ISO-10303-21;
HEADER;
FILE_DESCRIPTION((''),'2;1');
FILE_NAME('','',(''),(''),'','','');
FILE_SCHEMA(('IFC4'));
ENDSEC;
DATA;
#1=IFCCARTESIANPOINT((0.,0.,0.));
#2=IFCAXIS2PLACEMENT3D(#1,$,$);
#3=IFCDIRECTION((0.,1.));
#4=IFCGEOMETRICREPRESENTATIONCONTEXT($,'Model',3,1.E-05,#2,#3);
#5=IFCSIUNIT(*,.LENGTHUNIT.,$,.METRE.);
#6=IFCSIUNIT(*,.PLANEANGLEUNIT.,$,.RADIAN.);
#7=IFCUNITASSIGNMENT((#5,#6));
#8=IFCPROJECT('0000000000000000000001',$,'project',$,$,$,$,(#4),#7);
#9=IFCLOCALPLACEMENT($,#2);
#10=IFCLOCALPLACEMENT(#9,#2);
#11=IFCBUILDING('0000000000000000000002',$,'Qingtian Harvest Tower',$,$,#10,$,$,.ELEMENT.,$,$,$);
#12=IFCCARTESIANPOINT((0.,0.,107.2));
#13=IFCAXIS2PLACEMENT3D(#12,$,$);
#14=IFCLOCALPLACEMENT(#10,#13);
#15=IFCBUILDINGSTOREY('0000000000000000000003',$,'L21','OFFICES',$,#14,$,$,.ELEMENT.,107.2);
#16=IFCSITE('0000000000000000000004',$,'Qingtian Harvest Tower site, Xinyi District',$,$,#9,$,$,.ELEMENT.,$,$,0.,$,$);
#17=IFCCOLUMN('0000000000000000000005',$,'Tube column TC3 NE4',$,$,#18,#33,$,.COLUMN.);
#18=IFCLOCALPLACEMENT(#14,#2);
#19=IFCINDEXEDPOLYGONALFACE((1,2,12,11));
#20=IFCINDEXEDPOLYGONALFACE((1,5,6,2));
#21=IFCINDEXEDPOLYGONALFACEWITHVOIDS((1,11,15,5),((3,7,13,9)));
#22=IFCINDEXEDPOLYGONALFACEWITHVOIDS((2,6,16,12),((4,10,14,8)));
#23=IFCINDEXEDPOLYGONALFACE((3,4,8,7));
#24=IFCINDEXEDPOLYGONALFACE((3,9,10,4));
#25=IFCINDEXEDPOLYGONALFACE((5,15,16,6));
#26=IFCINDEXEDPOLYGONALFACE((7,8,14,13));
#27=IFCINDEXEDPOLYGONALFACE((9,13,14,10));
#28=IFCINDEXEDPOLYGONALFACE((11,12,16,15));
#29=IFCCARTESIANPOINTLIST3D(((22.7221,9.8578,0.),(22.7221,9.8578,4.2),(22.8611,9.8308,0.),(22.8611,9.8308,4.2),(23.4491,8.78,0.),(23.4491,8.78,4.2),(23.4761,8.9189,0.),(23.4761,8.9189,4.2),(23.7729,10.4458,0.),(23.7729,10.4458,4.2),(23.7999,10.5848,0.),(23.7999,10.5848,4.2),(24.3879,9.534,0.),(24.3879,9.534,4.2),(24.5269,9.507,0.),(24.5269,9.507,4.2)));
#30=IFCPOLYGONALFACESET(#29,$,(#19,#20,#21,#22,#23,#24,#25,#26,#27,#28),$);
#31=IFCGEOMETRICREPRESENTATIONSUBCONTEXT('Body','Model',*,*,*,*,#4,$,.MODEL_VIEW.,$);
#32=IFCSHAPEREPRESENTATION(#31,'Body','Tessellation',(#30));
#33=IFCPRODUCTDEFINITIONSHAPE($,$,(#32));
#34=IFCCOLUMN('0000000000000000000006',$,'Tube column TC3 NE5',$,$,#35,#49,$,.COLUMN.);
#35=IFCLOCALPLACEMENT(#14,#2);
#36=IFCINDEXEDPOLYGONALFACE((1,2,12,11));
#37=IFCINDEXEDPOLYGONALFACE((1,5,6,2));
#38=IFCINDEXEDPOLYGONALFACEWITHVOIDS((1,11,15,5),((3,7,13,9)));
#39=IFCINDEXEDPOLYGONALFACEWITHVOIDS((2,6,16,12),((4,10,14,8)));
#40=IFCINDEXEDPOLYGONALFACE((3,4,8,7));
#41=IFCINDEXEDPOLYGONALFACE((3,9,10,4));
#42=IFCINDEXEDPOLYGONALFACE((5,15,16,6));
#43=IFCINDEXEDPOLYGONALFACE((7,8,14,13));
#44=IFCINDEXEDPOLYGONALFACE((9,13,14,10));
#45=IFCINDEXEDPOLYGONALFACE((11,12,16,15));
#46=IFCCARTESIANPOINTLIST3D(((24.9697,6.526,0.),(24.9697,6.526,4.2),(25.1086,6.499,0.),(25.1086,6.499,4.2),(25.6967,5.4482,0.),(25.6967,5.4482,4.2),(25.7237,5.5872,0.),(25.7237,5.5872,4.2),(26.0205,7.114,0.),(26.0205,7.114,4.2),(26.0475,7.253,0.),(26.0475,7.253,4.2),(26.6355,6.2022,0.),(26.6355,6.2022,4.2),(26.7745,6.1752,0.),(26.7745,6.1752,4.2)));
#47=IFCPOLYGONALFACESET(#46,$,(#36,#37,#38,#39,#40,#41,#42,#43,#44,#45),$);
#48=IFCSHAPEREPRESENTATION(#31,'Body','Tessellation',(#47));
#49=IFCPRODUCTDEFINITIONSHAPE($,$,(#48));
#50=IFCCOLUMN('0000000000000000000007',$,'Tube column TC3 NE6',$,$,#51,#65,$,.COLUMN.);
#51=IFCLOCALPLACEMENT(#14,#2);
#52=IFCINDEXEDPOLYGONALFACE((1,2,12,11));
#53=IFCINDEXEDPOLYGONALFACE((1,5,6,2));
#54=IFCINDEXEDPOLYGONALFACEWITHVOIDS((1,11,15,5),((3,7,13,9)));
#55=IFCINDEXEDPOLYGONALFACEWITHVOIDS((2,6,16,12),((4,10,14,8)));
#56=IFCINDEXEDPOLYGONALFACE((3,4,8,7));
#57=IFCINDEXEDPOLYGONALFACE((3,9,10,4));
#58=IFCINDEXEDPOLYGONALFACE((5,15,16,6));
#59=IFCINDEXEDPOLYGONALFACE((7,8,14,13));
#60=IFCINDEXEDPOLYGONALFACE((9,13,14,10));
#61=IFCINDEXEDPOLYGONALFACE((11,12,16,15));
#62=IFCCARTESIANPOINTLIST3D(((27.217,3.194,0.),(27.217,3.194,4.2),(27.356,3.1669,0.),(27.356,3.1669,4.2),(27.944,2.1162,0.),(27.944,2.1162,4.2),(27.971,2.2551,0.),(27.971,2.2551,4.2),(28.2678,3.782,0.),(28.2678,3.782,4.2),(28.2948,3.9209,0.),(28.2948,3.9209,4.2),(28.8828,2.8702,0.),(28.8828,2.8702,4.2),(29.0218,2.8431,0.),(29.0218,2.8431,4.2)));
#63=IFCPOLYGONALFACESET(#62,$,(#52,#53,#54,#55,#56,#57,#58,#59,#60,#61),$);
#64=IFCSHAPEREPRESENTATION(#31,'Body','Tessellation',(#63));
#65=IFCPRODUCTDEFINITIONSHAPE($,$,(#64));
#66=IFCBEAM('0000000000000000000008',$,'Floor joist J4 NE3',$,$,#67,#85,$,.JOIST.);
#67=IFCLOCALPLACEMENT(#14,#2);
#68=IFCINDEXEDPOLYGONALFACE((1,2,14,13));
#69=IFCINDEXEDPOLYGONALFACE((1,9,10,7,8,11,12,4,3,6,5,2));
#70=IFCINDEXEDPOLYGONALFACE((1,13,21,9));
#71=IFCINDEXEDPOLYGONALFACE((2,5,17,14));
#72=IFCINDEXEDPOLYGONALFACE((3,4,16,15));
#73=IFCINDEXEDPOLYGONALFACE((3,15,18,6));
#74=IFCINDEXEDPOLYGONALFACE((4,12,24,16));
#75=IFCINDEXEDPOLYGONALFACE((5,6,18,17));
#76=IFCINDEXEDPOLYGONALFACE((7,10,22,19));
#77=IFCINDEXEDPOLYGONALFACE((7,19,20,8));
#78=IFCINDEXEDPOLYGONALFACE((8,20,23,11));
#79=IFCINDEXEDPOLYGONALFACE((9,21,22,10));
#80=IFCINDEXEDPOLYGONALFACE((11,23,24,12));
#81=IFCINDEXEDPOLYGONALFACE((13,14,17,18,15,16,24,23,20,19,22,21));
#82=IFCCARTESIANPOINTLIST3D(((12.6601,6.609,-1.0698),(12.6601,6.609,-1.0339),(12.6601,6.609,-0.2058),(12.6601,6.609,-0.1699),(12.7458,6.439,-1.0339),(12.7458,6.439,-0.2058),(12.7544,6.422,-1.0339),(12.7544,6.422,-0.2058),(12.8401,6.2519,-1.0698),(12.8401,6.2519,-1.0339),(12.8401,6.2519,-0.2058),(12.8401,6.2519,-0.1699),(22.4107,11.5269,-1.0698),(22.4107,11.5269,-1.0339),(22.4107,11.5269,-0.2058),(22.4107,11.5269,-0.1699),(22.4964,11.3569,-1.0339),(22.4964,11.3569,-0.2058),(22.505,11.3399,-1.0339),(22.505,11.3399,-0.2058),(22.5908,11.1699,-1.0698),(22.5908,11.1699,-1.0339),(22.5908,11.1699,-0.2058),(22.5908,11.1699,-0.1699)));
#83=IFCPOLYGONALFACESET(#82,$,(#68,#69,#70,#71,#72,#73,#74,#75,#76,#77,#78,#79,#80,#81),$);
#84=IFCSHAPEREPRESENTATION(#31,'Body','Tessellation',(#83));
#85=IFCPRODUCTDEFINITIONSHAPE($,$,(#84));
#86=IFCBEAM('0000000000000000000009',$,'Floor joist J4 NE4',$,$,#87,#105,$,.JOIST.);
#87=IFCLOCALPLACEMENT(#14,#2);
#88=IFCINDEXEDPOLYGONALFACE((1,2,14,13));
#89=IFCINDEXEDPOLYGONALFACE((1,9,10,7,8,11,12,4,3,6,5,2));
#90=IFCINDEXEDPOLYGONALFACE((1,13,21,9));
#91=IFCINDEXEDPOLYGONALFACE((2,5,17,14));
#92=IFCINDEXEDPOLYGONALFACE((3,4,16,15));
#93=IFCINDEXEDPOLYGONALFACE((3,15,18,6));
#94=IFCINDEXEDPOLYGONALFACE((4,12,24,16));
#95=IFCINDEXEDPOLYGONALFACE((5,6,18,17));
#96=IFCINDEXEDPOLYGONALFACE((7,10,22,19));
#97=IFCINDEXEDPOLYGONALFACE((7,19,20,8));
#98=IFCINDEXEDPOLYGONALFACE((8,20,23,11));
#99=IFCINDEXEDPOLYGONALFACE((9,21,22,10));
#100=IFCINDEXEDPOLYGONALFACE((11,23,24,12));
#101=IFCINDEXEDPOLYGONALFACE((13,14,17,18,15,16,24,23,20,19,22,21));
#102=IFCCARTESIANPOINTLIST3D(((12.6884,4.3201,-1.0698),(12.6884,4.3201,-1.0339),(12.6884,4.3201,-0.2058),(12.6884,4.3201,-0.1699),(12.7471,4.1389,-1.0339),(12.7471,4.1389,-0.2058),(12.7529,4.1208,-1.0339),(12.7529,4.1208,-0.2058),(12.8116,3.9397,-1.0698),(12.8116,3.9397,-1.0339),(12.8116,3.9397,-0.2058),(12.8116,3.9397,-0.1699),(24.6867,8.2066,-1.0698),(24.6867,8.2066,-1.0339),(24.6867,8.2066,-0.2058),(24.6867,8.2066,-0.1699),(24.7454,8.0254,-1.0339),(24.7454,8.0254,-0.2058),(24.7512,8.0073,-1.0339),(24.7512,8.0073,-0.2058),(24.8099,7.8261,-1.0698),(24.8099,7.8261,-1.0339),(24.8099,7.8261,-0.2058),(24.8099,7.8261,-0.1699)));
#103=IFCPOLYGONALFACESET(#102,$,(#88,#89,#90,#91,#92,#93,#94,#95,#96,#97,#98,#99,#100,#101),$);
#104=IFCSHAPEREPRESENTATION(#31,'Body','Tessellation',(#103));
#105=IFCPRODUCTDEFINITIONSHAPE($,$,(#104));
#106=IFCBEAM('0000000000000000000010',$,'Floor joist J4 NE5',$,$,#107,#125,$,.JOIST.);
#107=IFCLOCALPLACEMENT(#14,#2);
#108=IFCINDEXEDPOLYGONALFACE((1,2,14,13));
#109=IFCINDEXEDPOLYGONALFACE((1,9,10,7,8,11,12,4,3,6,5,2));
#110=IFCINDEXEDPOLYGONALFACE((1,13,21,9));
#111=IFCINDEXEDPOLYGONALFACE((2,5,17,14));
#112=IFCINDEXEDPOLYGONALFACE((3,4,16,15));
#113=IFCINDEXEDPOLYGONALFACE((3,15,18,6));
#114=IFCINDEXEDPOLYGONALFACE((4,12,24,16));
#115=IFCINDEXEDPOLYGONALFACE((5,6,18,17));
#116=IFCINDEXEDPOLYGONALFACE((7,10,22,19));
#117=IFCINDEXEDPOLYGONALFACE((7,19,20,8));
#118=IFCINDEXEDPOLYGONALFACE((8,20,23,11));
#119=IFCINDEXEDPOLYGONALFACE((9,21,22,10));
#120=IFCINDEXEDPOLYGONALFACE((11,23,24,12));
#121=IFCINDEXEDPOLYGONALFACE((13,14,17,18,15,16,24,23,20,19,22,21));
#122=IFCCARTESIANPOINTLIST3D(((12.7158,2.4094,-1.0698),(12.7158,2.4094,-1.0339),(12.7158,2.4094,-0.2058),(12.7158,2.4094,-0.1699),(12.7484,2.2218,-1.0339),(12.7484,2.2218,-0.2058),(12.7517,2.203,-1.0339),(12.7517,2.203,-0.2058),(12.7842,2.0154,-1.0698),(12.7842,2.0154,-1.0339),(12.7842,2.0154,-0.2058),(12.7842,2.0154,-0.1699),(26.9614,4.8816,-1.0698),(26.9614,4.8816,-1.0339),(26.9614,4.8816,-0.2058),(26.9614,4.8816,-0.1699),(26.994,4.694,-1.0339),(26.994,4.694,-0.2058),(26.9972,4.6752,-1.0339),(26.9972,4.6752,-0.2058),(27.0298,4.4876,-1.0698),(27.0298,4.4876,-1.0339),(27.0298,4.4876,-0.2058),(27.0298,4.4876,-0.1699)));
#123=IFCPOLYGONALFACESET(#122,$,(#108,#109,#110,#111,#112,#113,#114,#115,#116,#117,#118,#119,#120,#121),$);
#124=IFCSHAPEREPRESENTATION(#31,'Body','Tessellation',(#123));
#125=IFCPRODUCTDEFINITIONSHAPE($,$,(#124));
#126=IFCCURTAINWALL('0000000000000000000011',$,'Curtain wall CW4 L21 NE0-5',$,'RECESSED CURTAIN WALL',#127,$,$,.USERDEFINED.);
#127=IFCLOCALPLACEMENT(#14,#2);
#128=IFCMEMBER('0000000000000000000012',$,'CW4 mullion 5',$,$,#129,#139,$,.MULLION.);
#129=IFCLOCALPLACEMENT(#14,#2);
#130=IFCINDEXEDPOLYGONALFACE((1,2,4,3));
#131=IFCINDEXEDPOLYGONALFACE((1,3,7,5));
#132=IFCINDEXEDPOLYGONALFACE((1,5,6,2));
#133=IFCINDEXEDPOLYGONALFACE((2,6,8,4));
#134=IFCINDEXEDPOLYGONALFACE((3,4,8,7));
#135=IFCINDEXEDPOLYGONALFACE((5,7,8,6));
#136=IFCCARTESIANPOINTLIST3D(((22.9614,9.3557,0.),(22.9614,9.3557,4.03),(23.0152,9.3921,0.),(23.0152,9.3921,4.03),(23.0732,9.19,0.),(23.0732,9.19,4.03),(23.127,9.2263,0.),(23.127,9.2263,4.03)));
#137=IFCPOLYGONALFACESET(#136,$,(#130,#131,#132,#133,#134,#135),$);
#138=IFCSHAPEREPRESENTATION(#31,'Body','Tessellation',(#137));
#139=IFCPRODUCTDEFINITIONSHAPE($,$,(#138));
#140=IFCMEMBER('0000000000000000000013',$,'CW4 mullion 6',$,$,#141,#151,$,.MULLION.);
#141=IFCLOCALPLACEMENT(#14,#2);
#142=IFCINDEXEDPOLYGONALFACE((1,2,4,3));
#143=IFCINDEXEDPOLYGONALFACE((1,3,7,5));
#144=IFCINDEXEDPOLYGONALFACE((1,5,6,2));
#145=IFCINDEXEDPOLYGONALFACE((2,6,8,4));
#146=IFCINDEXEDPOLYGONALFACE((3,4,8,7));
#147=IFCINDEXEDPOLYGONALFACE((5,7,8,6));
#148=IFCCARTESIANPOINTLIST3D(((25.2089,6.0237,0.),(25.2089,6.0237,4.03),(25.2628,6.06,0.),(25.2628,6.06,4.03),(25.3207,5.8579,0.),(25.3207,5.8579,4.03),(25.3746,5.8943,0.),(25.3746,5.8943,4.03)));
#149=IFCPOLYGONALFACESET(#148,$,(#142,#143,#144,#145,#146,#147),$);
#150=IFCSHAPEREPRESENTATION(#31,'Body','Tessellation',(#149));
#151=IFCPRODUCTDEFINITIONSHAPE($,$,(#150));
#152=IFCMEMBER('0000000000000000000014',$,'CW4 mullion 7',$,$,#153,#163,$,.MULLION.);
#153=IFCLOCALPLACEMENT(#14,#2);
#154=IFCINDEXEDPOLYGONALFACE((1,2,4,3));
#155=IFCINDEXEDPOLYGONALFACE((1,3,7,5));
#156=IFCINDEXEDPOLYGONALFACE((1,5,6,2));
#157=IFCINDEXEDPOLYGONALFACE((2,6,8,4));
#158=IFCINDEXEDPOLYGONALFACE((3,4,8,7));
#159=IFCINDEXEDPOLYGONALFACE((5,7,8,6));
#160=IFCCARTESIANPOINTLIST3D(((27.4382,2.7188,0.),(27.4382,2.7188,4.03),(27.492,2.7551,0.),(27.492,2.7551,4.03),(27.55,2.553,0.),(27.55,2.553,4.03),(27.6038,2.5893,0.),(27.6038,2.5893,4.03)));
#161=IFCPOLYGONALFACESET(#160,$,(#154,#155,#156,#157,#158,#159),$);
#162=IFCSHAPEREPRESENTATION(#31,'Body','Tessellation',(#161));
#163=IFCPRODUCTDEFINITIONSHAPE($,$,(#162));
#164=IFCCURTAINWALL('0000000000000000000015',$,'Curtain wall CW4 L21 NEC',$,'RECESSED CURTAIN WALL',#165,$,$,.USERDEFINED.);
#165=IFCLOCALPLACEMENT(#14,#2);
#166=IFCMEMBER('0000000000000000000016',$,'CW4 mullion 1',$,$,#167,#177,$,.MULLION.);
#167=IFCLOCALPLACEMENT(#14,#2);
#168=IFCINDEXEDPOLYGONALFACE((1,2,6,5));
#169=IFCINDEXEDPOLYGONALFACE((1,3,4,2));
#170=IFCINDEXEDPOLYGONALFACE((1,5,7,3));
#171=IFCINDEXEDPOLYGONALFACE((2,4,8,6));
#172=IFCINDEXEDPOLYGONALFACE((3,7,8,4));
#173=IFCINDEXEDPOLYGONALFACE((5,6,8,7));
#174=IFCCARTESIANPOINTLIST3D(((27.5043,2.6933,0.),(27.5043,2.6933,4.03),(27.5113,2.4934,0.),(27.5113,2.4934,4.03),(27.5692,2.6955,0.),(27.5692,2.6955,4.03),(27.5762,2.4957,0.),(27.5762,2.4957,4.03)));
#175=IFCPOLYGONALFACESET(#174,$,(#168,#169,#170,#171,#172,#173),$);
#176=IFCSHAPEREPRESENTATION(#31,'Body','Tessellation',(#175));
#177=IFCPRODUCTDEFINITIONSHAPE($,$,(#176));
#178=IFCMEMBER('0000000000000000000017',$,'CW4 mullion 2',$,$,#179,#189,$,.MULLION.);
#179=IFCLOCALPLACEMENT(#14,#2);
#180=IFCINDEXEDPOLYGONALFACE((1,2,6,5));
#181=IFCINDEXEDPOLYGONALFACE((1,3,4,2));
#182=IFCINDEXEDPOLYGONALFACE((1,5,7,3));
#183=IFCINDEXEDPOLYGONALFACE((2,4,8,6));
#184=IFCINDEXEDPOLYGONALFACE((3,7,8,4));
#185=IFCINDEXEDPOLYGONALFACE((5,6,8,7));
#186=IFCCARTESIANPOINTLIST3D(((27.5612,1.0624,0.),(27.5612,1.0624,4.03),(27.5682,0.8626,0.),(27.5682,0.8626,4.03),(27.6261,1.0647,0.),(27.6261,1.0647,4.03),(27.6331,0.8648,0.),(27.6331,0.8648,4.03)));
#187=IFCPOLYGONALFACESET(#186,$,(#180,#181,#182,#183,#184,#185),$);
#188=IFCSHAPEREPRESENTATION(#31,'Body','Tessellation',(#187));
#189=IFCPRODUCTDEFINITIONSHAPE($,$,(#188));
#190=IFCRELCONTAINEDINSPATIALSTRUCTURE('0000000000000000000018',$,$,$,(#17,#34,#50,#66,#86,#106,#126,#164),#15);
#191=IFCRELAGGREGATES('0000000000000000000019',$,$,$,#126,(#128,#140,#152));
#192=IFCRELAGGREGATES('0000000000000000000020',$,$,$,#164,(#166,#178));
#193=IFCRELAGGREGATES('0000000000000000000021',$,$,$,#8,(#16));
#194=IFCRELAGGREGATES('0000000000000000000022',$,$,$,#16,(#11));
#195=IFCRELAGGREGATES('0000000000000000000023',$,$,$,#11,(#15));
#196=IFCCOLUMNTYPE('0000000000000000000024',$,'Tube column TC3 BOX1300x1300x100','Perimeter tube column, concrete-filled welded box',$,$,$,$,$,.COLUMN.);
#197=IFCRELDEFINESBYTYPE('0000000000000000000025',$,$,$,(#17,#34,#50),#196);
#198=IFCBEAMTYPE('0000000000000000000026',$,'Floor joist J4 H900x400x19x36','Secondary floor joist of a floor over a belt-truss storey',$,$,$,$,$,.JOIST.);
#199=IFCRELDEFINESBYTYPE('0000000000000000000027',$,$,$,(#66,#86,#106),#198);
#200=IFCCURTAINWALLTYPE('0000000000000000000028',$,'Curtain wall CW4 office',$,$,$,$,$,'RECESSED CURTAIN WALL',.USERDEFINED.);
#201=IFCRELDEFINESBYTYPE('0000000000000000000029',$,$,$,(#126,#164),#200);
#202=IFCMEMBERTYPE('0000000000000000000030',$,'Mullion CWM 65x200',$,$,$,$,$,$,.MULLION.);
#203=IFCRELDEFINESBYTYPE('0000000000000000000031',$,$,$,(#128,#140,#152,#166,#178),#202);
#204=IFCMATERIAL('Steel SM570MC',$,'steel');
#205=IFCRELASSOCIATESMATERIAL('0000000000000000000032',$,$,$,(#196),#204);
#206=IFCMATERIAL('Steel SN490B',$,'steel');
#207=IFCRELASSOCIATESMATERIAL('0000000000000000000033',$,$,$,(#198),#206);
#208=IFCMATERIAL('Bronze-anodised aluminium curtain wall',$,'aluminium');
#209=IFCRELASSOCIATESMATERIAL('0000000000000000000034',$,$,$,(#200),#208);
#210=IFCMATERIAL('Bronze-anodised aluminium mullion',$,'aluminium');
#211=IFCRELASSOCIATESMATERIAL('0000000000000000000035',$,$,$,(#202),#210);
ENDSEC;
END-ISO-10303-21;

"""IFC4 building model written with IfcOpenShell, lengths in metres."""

from ifc_helpers import new_model, si_unit, direction, frame, origin, origin_2d, place, context, subcontext, project, spatial, rectangle, hollow_rectangle, i_section, extrude, material, material_profile, profile_set, type_object, element, aggregate, save


model = new_model("IFC4")

# Units and contexts
model_context = context("Model", 3, precision=1e-05, world=origin(), true_north=direction((0.0, 1.0)))
body_context = subcontext(model_context, "Body", "Model", "MODEL_VIEW")
ifc_project = project(units=[si_unit("LENGTHUNIT", "METRE"), si_unit("PLANEANGLEUNIT", "RADIAN")], contexts=[model_context])

# Site, building, storey
site_placement = place(None, origin())
site = spatial("IfcSite", under=ifc_project, at=site_placement, Name="Qingtian Harvest Tower site, Xinyi District", CompositionType="ELEMENT", RefElevation=0.0)
building_placement = place(site_placement, origin())
building = spatial("IfcBuilding", under=site, at=building_placement, Name="Qingtian Harvest Tower", CompositionType="ELEMENT")
storey_placement = place(building_placement, frame((0.0, 0.0, 107.2)))
storey = spatial("IfcBuildingStorey", under=building, at=storey_placement, Name="L21", Description="OFFICES", CompositionType="ELEMENT", Elevation=107.2)

# Columns
ifc_material_1 = material(Name="Steel SM570MC", Category="steel")
ifc_material_profile_1 = material_profile(ifc_material_1, hollow_rectangle(XDim=1.3, YDim=1.3, WallThickness=0.1001, at=origin_2d()), Name="BOX1300x1300x100")
ifc_profile_set_1 = profile_set([ifc_material_profile_1], Name="Steel SM570MC")
column_type = type_object("IfcColumnType", Name="Tube column TC3 BOX1300x1300x100", Description="Perimeter tube column, concrete-filled welded box", PredefinedType="COLUMN", material=ifc_profile_set_1)
for number, where, z_axis, x_axis, name in (
    (1, (23.6245, 9.6824, 0.0), (0.0, 0.0, 1.0), (-0.559193, 0.829038, 0.0), "Tube column TC3 NE4"),
    (2, (25.8721, 6.3506, 0.0), (0.0, 0.0, 1.0), (-0.559193, 0.829038, 0.0), "Tube column TC3 NE5"),
    (3, (28.1194, 3.0186, 0.0), (0.0, 0.0, 1.0), (-0.559193, 0.829038, 0.0), "Tube column TC3 NE6"),
):
    element("IfcColumn", number, at=place(storey_placement, frame(where, z_axis=z_axis, x_axis=x_axis)), inside=storey, type_object=column_type, Name=name, PredefinedType="COLUMN", context=body_context, shape_type="SweptSolid", body=[
        extrude(hollow_rectangle(XDim=1.3, YDim=1.3, WallThickness=0.1001, at=origin_2d()), origin(), (0.0, 0.0, 1.0), 4.2),
    ])

# Beams
ifc_material_2 = material(Name="Steel SN490B", Category="steel")
ifc_material_profile_2 = material_profile(ifc_material_2, i_section(OverallWidth=0.3999, OverallDepth=0.8999, WebThickness=0.019, FlangeThickness=0.0359, at=origin_2d()), Name="H900x400x19x36")
ifc_profile_set_2 = profile_set([ifc_material_profile_2], Name="Steel SN490B")
beam_type_1 = type_object("IfcBeamType", Name="Floor joist J4 H900x400x19x36", Description="Secondary floor joist of a floor over a belt-truss storey", PredefinedType="JOIST", material=ifc_profile_set_2)
beam_1_placement = place(storey_placement, frame((22.5007, 11.3484, -0.6199), z_axis=(-0.892861, -0.450332, 0.0), x_axis=(0.450332, -0.892861, 0.0)))
element("IfcBeam", 4, at=beam_1_placement, inside=storey, type_object=beam_type_1, Name="Floor joist J4 NE3", PredefinedType="JOIST", context=body_context, shape_type="SweptSolid", body=[
    extrude(i_section(OverallWidth=0.3999, OverallDepth=0.8999, WebThickness=0.019, FlangeThickness=0.0359, at=origin_2d()), origin(), (0.0, 0.0, 1.0), 10.9207),
])
beam_2_placement = place(storey_placement, frame((24.7483, 8.0164, -0.6199), z_axis=(-0.951336, -0.308156, 0.0), x_axis=(0.308156, -0.951336, 0.0)))
element("IfcBeam", 5, at=beam_2_placement, inside=storey, type_object=beam_type_1, Name="Floor joist J4 NE4", PredefinedType="JOIST", context=body_context, shape_type="SweptSolid", body=[
    extrude(i_section(OverallWidth=0.3999, OverallDepth=0.8999, WebThickness=0.019, FlangeThickness=0.0359, at=origin_2d()), origin(), (0.0, 0.0, 1.0), 12.6121),
])
beam_3_placement = place(storey_placement, frame((26.9956, 4.6846, -0.6199), z_axis=(-0.985274, -0.170983, 0.0), x_axis=(0.170983, -0.985274, 0.0)))
element("IfcBeam", 6, at=beam_3_placement, inside=storey, type_object=beam_type_1, Name="Floor joist J4 NE5", PredefinedType="JOIST", context=body_context, shape_type="SweptSolid", body=[
    extrude(i_section(OverallWidth=0.3999, OverallDepth=0.8999, WebThickness=0.019, FlangeThickness=0.0359, at=origin_2d()), origin(), (0.0, 0.0, 1.0), 14.4585),
])

# Curtain walls, members
ifc_material_3 = material(Name="Bronze-anodised aluminium curtain wall", Category="aluminium")
curtain_wall_type = type_object("IfcCurtainWallType", Name="Curtain wall CW4 office", ElementType="RECESSED CURTAIN WALL", PredefinedType="USERDEFINED", material=ifc_material_3)
curtain_wall_1_placement = place(storey_placement, origin())
curtain_wall_1 = element("IfcCurtainWall", 7, at=curtain_wall_1_placement, inside=storey, type_object=curtain_wall_type, Name="Curtain wall CW4 L21 NE0-5", ObjectType="RECESSED CURTAIN WALL", PredefinedType="USERDEFINED")
ifc_material_4 = material(Name="Bronze-anodised aluminium mullion", Category="aluminium")
ifc_material_profile_3 = material_profile(ifc_material_4, rectangle(XDim=0.0649, YDim=0.2, at=origin_2d()), Name="AL 65x200")
ifc_profile_set_3 = profile_set([ifc_material_profile_3], Name="Bronze-anodised aluminium mullion")
member_type_1 = type_object("IfcMemberType", Name="Mullion CWM 65x200", PredefinedType="MULLION", material=ifc_profile_set_3)
member_1_placement = place(storey_placement, frame((23.0442, 9.291, 0.0), z_axis=(0.0, 0.0, 1.0), x_axis=(0.829038, 0.559193, 0.0)))
member_1 = element("IfcMember", 8, at=member_1_placement, type_object=member_type_1, Name="CW4 mullion 5", PredefinedType="MULLION", context=body_context, shape_type="SweptSolid", body=[
    extrude(rectangle(XDim=0.0649, YDim=0.2, at=origin_2d()), origin(), (0.0, 0.0, 1.0), 4.03),
])
member_2_placement = place(storey_placement, frame((25.2917, 5.959, 0.0), z_axis=(0.0, 0.0, 1.0), x_axis=(0.829038, 0.559193, 0.0)))
member_2 = element("IfcMember", 9, at=member_2_placement, type_object=member_type_1, Name="CW4 mullion 6", PredefinedType="MULLION", context=body_context, shape_type="SweptSolid", body=[
    extrude(rectangle(XDim=0.0649, YDim=0.2, at=origin_2d()), origin(), (0.0, 0.0, 1.0), 4.03),
])
member_3_placement = place(storey_placement, frame((27.521, 2.6541, 0.0), z_axis=(0.0, 0.0, 1.0), x_axis=(0.829038, 0.559193, 0.0)))
member_3 = element("IfcMember", 10, at=member_3_placement, type_object=member_type_1, Name="CW4 mullion 7", PredefinedType="MULLION", context=body_context, shape_type="SweptSolid", body=[
    extrude(rectangle(XDim=0.0649, YDim=0.2, at=origin_2d()), origin(), (0.0, 0.0, 1.0), 4.03),
])
curtain_wall_2_placement = place(storey_placement, origin())
curtain_wall_2 = element("IfcCurtainWall", 11, at=curtain_wall_2_placement, inside=storey, type_object=curtain_wall_type, Name="Curtain wall CW4 L21 NEC", ObjectType="RECESSED CURTAIN WALL", PredefinedType="USERDEFINED")
member_4_placement = place(storey_placement, frame((27.5403, 2.5945, 0.0), z_axis=(0.0, 0.0, 1.0), x_axis=(0.999391, 0.034899, 0.0)))
member_4 = element("IfcMember", 12, at=member_4_placement, type_object=member_type_1, Name="CW4 mullion 1", PredefinedType="MULLION", context=body_context, shape_type="SweptSolid", body=[
    extrude(rectangle(XDim=0.0649, YDim=0.2, at=origin_2d()), origin(), (0.0, 0.0, 1.0), 4.03),
])
member_5_placement = place(storey_placement, frame((27.5972, 0.9636, 0.0), z_axis=(0.0, 0.0, 1.0), x_axis=(0.999391, 0.034899, 0.0)))
member_5 = element("IfcMember", 13, at=member_5_placement, type_object=member_type_1, Name="CW4 mullion 2", PredefinedType="MULLION", context=body_context, shape_type="SweptSolid", body=[
    extrude(rectangle(XDim=0.0649, YDim=0.2, at=origin_2d()), origin(), (0.0, 0.0, 1.0), 4.03),
])

aggregate(curtain_wall_1, [member_1, member_2, member_3])
aggregate(curtain_wall_2, [member_4, member_5])

save(model, "model.ifc")
